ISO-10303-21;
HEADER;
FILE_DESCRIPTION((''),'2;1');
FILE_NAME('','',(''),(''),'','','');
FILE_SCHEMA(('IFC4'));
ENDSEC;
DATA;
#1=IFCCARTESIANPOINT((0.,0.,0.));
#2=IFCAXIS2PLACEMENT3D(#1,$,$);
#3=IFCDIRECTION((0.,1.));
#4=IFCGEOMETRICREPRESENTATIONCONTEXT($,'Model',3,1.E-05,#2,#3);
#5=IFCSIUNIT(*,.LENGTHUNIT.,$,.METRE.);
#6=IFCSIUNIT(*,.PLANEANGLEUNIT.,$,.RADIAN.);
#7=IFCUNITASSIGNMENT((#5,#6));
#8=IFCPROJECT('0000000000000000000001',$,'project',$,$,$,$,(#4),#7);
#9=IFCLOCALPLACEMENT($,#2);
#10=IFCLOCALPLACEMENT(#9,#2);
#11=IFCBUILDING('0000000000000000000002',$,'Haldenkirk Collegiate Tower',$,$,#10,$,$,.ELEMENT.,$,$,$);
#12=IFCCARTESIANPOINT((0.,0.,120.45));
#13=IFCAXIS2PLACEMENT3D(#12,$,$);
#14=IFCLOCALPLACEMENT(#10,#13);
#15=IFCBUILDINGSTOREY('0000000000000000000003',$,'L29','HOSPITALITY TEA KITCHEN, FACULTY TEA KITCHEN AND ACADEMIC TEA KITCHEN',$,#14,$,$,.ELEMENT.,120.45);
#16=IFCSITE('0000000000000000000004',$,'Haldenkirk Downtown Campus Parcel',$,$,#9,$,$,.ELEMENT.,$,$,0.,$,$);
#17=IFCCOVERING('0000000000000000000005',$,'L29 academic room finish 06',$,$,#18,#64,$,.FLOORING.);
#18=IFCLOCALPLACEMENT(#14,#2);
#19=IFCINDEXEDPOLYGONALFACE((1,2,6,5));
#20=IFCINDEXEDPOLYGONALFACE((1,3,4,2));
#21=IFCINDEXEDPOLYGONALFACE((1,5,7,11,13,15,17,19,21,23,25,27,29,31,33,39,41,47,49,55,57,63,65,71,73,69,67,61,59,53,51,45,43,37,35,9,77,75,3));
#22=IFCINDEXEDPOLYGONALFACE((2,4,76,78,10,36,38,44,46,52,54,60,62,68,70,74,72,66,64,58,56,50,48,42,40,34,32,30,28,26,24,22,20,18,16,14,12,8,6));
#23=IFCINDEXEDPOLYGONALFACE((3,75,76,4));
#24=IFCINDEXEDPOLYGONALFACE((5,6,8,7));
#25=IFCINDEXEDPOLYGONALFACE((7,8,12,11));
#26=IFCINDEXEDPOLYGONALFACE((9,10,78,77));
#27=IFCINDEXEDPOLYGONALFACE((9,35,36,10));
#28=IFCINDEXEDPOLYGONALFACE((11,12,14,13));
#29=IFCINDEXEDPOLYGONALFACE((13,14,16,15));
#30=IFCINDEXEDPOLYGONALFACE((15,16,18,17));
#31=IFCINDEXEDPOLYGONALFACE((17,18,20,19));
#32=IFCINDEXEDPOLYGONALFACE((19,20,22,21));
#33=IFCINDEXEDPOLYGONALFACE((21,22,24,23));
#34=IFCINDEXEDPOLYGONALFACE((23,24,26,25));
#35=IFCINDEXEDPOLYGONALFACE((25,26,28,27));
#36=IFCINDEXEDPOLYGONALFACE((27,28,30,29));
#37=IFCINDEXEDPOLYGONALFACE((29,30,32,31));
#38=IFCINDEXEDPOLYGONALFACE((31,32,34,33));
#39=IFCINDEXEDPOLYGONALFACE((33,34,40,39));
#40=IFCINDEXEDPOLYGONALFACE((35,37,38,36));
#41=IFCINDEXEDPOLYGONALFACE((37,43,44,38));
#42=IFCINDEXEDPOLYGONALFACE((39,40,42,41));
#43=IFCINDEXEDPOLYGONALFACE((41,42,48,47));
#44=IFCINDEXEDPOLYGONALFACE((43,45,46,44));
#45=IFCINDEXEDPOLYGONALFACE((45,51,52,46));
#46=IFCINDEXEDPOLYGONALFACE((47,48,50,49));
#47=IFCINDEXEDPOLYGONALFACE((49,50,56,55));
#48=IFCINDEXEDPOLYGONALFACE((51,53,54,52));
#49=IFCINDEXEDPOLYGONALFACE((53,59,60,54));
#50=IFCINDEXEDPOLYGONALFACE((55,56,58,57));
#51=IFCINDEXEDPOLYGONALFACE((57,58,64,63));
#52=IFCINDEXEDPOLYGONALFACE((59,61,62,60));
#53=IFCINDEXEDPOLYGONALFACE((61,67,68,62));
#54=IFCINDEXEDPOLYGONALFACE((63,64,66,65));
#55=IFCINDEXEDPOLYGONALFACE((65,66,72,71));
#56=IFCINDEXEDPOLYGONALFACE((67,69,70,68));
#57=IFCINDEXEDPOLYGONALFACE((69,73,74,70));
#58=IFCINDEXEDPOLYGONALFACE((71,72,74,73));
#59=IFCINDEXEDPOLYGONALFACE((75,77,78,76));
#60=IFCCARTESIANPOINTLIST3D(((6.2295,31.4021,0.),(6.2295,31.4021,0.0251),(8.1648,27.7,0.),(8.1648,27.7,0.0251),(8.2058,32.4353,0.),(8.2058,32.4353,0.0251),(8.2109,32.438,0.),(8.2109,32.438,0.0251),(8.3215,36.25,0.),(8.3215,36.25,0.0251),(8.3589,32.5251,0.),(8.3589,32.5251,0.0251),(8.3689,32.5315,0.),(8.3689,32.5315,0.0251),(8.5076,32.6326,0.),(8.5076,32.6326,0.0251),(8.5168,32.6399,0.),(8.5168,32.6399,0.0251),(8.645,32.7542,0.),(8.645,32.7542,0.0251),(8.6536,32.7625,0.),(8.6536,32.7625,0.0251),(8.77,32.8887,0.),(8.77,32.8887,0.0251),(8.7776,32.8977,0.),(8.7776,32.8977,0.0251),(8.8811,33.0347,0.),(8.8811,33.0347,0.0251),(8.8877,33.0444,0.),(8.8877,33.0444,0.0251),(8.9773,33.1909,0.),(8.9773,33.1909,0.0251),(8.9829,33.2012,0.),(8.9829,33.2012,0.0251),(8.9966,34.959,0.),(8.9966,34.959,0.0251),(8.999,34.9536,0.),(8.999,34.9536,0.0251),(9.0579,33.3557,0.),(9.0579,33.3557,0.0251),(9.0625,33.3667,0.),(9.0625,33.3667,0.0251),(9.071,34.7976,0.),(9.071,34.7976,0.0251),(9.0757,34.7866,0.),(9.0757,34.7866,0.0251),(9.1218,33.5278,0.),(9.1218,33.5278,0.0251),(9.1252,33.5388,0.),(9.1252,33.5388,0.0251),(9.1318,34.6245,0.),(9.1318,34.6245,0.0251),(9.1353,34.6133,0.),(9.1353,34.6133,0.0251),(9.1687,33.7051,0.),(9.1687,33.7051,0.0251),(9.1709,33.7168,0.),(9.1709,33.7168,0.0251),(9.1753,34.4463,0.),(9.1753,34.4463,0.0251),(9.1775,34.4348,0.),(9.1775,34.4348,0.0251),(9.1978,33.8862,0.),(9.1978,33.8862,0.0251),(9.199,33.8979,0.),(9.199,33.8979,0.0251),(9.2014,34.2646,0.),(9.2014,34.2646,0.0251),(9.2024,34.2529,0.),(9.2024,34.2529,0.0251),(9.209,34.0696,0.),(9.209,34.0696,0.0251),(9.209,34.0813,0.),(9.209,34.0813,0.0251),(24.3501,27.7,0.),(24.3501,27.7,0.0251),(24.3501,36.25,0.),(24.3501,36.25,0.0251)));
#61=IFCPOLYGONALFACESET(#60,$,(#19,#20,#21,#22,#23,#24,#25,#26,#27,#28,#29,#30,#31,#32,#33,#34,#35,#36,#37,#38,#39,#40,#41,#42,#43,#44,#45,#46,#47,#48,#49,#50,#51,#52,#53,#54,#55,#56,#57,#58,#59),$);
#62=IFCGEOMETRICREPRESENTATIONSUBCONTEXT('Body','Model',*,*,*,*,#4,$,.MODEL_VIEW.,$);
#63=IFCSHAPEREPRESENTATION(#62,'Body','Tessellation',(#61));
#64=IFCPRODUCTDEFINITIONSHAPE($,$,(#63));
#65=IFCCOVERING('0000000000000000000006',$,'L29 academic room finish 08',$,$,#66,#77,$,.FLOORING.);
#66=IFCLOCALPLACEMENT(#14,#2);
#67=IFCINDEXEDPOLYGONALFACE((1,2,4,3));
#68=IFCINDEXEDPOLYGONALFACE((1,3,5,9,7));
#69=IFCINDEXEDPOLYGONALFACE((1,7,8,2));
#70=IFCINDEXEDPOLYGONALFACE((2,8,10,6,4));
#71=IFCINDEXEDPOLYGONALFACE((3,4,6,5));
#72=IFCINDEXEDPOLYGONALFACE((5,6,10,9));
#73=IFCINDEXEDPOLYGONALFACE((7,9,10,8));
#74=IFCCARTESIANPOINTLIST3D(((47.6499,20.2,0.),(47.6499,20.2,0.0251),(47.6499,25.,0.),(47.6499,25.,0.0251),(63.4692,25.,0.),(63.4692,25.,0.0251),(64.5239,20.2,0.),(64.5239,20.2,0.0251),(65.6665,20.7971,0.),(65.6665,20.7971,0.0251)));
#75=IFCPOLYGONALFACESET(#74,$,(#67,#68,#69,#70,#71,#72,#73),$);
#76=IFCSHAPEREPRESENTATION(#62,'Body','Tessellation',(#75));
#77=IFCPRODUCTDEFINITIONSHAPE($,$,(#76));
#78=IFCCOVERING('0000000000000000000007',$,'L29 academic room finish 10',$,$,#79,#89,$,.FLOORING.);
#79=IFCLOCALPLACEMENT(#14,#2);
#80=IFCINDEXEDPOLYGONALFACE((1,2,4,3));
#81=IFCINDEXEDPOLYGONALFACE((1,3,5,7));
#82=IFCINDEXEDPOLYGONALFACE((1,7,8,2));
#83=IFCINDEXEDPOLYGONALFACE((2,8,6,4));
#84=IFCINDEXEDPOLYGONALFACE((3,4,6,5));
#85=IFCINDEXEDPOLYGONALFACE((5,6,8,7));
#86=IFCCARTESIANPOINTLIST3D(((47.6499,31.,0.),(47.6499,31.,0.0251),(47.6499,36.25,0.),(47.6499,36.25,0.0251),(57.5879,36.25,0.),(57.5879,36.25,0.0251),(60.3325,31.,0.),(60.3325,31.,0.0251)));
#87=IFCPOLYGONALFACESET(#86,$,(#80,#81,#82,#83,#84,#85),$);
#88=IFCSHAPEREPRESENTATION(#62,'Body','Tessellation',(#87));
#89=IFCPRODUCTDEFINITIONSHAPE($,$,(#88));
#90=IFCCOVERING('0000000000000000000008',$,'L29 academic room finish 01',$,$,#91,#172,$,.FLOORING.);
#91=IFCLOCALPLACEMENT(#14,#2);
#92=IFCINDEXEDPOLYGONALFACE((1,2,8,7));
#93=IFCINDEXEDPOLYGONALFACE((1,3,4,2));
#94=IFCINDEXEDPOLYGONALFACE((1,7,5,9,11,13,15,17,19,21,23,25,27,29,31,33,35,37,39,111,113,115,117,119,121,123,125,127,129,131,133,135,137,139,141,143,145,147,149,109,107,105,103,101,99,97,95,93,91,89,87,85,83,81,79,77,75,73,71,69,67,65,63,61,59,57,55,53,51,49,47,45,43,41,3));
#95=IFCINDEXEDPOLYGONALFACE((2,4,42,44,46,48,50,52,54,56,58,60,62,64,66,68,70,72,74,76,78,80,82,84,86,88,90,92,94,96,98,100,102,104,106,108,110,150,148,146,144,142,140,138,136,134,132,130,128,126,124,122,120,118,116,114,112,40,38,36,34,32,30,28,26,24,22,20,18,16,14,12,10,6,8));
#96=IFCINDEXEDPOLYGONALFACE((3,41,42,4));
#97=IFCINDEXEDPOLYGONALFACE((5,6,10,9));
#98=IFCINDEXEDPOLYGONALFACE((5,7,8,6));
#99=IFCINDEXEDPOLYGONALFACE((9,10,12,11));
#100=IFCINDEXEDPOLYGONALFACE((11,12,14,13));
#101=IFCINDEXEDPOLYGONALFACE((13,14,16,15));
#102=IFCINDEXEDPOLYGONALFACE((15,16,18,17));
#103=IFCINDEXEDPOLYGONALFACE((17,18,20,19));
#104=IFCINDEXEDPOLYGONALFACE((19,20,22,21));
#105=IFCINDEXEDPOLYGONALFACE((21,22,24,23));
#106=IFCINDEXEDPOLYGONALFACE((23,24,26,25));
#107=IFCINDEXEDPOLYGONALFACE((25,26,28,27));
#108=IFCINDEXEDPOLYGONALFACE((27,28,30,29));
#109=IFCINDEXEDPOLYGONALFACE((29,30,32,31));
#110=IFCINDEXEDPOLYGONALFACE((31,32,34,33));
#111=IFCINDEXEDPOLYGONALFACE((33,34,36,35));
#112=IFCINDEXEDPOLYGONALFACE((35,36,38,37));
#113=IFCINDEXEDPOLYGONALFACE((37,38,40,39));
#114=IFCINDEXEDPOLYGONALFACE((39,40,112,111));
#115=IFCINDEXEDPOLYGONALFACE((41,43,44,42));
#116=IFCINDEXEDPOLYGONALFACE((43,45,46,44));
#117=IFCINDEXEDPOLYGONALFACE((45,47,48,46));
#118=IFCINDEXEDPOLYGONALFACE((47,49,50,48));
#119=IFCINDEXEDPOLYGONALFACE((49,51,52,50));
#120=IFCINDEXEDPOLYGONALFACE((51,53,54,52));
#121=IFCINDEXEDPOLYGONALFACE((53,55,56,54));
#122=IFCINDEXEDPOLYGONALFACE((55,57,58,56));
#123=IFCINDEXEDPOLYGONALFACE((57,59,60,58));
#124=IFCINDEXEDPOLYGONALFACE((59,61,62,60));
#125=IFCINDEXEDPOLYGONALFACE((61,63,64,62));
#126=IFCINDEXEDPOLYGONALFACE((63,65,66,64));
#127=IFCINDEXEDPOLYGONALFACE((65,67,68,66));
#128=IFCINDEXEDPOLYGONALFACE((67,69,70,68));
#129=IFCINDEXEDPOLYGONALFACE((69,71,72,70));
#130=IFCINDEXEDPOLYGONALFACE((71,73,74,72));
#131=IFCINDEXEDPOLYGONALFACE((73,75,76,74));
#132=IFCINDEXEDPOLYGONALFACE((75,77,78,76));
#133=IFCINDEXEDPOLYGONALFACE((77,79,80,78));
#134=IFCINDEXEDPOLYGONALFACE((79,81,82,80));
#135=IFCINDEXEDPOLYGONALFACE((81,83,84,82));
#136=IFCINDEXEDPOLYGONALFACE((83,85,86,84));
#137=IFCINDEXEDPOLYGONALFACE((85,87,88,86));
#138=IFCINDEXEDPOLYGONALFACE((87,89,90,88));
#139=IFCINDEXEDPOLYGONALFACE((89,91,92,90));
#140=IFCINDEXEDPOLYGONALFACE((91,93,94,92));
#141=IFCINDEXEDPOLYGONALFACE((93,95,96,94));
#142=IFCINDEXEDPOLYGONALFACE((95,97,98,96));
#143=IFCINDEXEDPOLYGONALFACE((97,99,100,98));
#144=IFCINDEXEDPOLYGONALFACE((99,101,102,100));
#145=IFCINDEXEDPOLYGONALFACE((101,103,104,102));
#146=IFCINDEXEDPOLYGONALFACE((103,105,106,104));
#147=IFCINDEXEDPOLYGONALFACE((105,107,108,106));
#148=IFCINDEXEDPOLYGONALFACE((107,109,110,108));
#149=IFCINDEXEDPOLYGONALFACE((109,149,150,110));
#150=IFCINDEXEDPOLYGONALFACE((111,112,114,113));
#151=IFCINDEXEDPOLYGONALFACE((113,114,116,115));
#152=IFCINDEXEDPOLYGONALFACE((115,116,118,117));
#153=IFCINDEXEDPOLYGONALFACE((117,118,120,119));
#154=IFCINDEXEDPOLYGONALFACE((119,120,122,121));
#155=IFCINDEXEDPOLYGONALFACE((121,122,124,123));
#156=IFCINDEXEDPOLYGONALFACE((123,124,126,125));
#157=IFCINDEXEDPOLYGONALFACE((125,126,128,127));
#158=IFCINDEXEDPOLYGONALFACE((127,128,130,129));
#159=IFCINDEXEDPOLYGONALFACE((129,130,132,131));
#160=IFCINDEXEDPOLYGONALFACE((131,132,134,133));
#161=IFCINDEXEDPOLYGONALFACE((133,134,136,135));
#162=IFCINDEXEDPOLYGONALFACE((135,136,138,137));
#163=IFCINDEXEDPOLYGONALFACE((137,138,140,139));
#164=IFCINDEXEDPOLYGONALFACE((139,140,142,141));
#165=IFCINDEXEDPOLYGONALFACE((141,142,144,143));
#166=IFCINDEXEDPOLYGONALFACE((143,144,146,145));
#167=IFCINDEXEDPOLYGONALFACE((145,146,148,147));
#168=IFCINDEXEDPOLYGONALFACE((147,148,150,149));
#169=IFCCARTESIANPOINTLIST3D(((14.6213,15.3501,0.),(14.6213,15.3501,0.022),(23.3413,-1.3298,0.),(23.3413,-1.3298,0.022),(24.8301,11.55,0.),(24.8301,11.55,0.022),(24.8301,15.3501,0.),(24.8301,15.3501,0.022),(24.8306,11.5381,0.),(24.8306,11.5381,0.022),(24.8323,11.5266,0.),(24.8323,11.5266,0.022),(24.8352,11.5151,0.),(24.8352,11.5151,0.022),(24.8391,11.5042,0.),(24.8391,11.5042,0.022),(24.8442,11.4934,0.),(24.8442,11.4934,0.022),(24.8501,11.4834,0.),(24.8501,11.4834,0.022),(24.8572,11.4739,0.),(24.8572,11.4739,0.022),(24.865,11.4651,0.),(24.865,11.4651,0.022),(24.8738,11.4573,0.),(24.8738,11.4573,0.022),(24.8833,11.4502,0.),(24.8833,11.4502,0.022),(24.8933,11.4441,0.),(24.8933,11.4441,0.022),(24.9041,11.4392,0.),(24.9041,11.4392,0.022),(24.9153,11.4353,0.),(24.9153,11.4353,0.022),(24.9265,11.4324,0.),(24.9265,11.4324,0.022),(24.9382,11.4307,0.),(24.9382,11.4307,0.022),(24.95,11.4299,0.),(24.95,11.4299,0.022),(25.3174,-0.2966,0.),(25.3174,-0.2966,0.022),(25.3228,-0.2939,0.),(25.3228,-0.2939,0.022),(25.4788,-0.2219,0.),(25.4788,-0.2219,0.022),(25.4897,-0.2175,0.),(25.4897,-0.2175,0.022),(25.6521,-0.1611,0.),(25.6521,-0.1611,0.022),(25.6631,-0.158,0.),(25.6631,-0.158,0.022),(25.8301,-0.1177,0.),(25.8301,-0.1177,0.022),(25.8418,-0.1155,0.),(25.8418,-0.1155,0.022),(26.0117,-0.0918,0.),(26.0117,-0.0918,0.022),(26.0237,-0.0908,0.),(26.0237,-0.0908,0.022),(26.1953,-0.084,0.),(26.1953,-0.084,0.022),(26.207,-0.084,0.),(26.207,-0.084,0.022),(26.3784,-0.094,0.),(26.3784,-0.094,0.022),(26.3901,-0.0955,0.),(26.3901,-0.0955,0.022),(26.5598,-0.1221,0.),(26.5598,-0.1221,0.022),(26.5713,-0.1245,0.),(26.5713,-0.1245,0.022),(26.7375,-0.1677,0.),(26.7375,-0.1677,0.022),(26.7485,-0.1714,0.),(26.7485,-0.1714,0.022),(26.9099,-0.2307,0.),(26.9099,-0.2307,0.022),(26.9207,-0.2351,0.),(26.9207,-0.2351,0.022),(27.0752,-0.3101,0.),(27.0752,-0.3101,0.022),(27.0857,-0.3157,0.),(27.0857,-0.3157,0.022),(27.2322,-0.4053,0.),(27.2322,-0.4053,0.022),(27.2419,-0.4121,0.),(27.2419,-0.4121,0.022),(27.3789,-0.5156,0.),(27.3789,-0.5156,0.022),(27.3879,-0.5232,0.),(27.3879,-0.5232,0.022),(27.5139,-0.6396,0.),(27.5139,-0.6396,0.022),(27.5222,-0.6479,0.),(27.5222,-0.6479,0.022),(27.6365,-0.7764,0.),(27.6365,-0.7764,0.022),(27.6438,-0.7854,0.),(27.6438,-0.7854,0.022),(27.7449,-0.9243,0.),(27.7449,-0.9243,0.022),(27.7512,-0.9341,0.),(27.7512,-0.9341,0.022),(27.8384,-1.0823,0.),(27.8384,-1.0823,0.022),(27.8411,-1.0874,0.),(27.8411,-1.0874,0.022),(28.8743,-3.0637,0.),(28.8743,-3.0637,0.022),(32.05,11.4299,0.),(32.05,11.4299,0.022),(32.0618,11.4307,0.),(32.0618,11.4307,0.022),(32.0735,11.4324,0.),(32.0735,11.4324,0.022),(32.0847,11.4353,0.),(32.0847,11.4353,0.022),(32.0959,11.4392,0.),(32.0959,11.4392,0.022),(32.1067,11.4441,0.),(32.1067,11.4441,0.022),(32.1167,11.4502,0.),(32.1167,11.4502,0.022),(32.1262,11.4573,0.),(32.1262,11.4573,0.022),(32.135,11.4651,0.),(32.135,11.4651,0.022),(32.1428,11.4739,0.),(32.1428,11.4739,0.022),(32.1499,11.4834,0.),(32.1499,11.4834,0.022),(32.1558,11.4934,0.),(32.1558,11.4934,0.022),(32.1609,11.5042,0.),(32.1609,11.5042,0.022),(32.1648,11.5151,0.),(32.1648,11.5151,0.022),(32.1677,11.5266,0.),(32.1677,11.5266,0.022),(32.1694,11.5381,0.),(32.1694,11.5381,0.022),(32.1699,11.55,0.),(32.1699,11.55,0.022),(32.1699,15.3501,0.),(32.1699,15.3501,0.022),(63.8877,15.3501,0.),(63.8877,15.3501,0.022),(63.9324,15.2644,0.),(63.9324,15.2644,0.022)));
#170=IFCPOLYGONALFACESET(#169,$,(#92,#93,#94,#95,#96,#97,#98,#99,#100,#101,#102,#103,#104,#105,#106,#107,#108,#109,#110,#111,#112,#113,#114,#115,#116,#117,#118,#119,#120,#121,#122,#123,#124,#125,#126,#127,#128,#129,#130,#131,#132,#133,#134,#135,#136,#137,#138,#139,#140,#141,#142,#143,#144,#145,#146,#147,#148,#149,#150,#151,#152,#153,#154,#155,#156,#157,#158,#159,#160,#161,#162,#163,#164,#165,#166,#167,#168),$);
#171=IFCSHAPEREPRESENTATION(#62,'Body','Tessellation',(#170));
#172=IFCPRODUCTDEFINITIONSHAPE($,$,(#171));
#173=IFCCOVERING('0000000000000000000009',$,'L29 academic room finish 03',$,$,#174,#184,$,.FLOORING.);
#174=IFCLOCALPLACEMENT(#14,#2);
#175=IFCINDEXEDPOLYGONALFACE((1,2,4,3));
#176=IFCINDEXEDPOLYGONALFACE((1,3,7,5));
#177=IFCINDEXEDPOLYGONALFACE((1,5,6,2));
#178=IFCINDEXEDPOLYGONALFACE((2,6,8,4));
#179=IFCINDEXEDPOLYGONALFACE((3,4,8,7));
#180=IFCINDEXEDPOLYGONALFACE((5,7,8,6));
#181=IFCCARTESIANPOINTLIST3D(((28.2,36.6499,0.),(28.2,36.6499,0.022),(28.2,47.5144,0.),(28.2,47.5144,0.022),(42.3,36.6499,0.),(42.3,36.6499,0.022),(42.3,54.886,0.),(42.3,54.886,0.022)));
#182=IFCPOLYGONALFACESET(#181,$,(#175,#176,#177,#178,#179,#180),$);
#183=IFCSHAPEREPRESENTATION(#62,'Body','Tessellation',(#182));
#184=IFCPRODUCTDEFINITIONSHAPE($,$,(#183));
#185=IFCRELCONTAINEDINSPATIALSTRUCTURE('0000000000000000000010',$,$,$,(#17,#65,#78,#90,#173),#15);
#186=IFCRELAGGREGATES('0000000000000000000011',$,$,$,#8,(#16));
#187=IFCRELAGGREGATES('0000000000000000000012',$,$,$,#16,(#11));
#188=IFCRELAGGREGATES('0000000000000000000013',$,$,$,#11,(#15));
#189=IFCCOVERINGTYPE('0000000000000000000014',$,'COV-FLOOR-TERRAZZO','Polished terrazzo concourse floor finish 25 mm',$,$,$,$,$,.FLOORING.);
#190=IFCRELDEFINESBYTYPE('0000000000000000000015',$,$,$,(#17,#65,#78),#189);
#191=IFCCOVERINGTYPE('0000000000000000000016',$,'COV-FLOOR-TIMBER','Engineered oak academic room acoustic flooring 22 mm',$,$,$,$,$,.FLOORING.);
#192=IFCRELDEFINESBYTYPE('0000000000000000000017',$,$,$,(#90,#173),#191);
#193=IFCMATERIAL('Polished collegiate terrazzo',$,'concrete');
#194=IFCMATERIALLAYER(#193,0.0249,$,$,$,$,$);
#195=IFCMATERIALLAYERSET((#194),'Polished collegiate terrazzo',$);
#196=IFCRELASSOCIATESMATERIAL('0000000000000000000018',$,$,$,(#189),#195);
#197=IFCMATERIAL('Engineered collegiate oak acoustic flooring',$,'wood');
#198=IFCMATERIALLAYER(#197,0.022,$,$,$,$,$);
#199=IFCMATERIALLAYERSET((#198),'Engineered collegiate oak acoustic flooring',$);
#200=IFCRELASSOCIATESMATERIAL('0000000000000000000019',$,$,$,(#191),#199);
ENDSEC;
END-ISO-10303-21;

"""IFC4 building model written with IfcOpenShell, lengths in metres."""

from ifc_helpers import new_model, si_unit, direction, frame, origin, place, context, subcontext, project, spatial, polyline, outline, extrude, material, layer, layer_set, type_object, element, save


model = new_model("IFC4")

# Units and contexts
model_context = context("Model", 3, precision=1e-05, world=origin(), true_north=direction((0.0, 1.0)))
body_context = subcontext(model_context, "Body", "Model", "MODEL_VIEW")
ifc_project = project(units=[si_unit("LENGTHUNIT", "METRE"), si_unit("PLANEANGLEUNIT", "RADIAN")], contexts=[model_context])

# Site, building, storey
site_placement = place(None, origin())
site = spatial("IfcSite", under=ifc_project, at=site_placement, Name="Haldenkirk Downtown Campus Parcel", CompositionType="ELEMENT", RefElevation=0.0)
building_placement = place(site_placement, origin())
building = spatial("IfcBuilding", under=site, at=building_placement, Name="Haldenkirk Collegiate Tower", CompositionType="ELEMENT")
storey_placement = place(building_placement, frame((0.0, 0.0, 120.45)))
storey = spatial("IfcBuildingStorey", under=building, at=storey_placement, Name="L29", Description="HOSPITALITY TEA KITCHEN, FACULTY TEA KITCHEN AND ACADEMIC TEA KITCHEN", CompositionType="ELEMENT", Elevation=120.45)

# Coverings
ifc_material_1 = material(Name="Polished collegiate terrazzo", Category="concrete")
ifc_layer_1 = layer(ifc_material_1, 0.0249)
ifc_layer_set_1 = layer_set([ifc_layer_1], Name="Polished collegiate terrazzo")
covering_type_1 = type_object("IfcCoveringType", Name="COV-FLOOR-TERRAZZO", Description="Polished terrazzo concourse floor finish 25 mm", PredefinedType="FLOORING", material=ifc_layer_set_1)
covering_1_placement = place(storey_placement, origin())
element("IfcCovering", 1, at=covering_1_placement, inside=storey, type_object=covering_type_1, Name="L29 academic room finish 06", PredefinedType="FLOORING", context=body_context, shape_type="SweptSolid", body=[
    extrude(outline(polyline([(8.2058, 32.4353), (8.2109, 32.438), (8.3589, 32.5251), (8.3689, 32.5315), (8.5076, 32.6326), (8.5168, 32.6399), (8.645, 32.7542), (8.6536, 32.7625), (8.77, 32.8887), (8.7776, 32.8977), (8.8811, 33.0347), (8.8877, 33.0444), (8.9773, 33.1909), (8.9829, 33.2012), (9.0579, 33.3557), (9.0625, 33.3667), (9.1218, 33.5278), (9.1252, 33.5388), (9.1687, 33.7051), (9.1709, 33.7168), (9.1978, 33.8862), (9.199, 33.8979), (9.209, 34.0696), (9.209, 34.0813), (9.2024, 34.2529), (9.2014, 34.2646), (9.1775, 34.4348), (9.1753, 34.4463), (9.1353, 34.6133), (9.1318, 34.6245), (9.0757, 34.7866), (9.071, 34.7976), (8.999, 34.9536), (8.9966, 34.959), (8.3215, 36.25), (24.3501, 36.25), (24.3501, 27.7), (8.1648, 27.7), (6.2295, 31.4021), (8.2058, 32.4353)])), origin(), (0.0, 0.0, 1.0), 0.0251),
])
covering_2_placement = place(storey_placement, origin())
element("IfcCovering", 2, at=covering_2_placement, inside=storey, type_object=covering_type_1, Name="L29 academic room finish 08", PredefinedType="FLOORING", context=body_context, shape_type="SweptSolid", body=[
    extrude(outline(polyline([(64.5239, 20.2), (47.6499, 20.2), (47.6499, 25.0), (63.4692, 25.0), (65.6665, 20.7971), (64.5239, 20.2)])), origin(), (0.0, 0.0, 1.0), 0.0251),
])
covering_3_placement = place(storey_placement, origin())
element("IfcCovering", 3, at=covering_3_placement, inside=storey, type_object=covering_type_1, Name="L29 academic room finish 10", PredefinedType="FLOORING", context=body_context, shape_type="SweptSolid", body=[
    extrude(outline(polyline([(60.3325, 31.0), (47.6499, 31.0), (47.6499, 36.25), (57.5879, 36.25), (60.3325, 31.0)])), origin(), (0.0, 0.0, 1.0), 0.0251),
])
ifc_material_2 = material(Name="Engineered collegiate oak acoustic flooring", Category="wood")
ifc_layer_2 = layer(ifc_material_2, 0.022)
ifc_layer_set_2 = layer_set([ifc_layer_2], Name="Engineered collegiate oak acoustic flooring")
covering_type_2 = type_object("IfcCoveringType", Name="COV-FLOOR-TIMBER", Description="Engineered oak academic room acoustic flooring 22 mm", PredefinedType="FLOORING", material=ifc_layer_set_2)
covering_4_placement = place(storey_placement, origin())
element("IfcCovering", 4, at=covering_4_placement, inside=storey, type_object=covering_type_2, Name="L29 academic room finish 01", PredefinedType="FLOORING", context=body_context, shape_type="SweptSolid", body=[
    extrude(outline(polyline([(27.3879, -0.5232), (27.3789, -0.5156), (27.2419, -0.4121), (27.2322, -0.4053), (27.0857, -0.3157), (27.0752, -0.3101), (26.9207, -0.2351), (26.9099, -0.2307), (26.7485, -0.1714), (26.7375, -0.1677), (26.5713, -0.1245), (26.5598, -0.1221), (26.3901, -0.0955), (26.3784, -0.094), (26.207, -0.084), (26.1953, -0.084), (26.0237, -0.0908), (26.0117, -0.0918), (25.8418, -0.1155), (25.8301, -0.1177), (25.6631, -0.158), (25.6521, -0.1611), (25.4897, -0.2175), (25.4788, -0.2219), (25.3228, -0.2939), (25.3174, -0.2966), (23.3413, -1.3298), (14.6213, 15.3501), (24.8301, 15.3501), (24.8301, 11.55), (24.8306, 11.5381), (24.8323, 11.5266), (24.8352, 11.5151), (24.8391, 11.5042), (24.8442, 11.4934), (24.8501, 11.4834), (24.8572, 11.4739), (24.865, 11.4651), (24.8738, 11.4573), (24.8833, 11.4502), (24.8933, 11.4441), (24.9041, 11.4392), (24.9153, 11.4353), (24.9265, 11.4324), (24.9382, 11.4307), (24.95, 11.4299), (32.05, 11.4299), (32.0618, 11.4307), (32.0735, 11.4324), (32.0847, 11.4353), (32.0959, 11.4392), (32.1067, 11.4441), (32.1167, 11.4502), (32.1262, 11.4573), (32.135, 11.4651), (32.1428, 11.4739), (32.1499, 11.4834), (32.1558, 11.4934), (32.1609, 11.5042), (32.1648, 11.5151), (32.1677, 11.5266), (32.1694, 11.5381), (32.1699, 11.55), (32.1699, 15.3501), (63.8877, 15.3501), (63.9324, 15.2644), (28.8743, -3.0637), (27.8411, -1.0874), (27.8384, -1.0823), (27.7512, -0.9341), (27.7449, -0.9243), (27.6438, -0.7854), (27.6365, -0.7764), (27.5222, -0.6479), (27.5139, -0.6396), (27.3879, -0.5232)])), origin(), (0.0, 0.0, 1.0), 0.022),
])
covering_5_placement = place(storey_placement, origin())
element("IfcCovering", 5, at=covering_5_placement, inside=storey, type_object=covering_type_2, Name="L29 academic room finish 03", PredefinedType="FLOORING", context=body_context, shape_type="SweptSolid", body=[
    extrude(outline(polyline([(42.3, 54.886), (42.3, 36.6499), (28.2, 36.6499), (28.2, 47.5144), (42.3, 54.886)])), origin(), (0.0, 0.0, 1.0), 0.022),
])

save(model, "model.ifc")
